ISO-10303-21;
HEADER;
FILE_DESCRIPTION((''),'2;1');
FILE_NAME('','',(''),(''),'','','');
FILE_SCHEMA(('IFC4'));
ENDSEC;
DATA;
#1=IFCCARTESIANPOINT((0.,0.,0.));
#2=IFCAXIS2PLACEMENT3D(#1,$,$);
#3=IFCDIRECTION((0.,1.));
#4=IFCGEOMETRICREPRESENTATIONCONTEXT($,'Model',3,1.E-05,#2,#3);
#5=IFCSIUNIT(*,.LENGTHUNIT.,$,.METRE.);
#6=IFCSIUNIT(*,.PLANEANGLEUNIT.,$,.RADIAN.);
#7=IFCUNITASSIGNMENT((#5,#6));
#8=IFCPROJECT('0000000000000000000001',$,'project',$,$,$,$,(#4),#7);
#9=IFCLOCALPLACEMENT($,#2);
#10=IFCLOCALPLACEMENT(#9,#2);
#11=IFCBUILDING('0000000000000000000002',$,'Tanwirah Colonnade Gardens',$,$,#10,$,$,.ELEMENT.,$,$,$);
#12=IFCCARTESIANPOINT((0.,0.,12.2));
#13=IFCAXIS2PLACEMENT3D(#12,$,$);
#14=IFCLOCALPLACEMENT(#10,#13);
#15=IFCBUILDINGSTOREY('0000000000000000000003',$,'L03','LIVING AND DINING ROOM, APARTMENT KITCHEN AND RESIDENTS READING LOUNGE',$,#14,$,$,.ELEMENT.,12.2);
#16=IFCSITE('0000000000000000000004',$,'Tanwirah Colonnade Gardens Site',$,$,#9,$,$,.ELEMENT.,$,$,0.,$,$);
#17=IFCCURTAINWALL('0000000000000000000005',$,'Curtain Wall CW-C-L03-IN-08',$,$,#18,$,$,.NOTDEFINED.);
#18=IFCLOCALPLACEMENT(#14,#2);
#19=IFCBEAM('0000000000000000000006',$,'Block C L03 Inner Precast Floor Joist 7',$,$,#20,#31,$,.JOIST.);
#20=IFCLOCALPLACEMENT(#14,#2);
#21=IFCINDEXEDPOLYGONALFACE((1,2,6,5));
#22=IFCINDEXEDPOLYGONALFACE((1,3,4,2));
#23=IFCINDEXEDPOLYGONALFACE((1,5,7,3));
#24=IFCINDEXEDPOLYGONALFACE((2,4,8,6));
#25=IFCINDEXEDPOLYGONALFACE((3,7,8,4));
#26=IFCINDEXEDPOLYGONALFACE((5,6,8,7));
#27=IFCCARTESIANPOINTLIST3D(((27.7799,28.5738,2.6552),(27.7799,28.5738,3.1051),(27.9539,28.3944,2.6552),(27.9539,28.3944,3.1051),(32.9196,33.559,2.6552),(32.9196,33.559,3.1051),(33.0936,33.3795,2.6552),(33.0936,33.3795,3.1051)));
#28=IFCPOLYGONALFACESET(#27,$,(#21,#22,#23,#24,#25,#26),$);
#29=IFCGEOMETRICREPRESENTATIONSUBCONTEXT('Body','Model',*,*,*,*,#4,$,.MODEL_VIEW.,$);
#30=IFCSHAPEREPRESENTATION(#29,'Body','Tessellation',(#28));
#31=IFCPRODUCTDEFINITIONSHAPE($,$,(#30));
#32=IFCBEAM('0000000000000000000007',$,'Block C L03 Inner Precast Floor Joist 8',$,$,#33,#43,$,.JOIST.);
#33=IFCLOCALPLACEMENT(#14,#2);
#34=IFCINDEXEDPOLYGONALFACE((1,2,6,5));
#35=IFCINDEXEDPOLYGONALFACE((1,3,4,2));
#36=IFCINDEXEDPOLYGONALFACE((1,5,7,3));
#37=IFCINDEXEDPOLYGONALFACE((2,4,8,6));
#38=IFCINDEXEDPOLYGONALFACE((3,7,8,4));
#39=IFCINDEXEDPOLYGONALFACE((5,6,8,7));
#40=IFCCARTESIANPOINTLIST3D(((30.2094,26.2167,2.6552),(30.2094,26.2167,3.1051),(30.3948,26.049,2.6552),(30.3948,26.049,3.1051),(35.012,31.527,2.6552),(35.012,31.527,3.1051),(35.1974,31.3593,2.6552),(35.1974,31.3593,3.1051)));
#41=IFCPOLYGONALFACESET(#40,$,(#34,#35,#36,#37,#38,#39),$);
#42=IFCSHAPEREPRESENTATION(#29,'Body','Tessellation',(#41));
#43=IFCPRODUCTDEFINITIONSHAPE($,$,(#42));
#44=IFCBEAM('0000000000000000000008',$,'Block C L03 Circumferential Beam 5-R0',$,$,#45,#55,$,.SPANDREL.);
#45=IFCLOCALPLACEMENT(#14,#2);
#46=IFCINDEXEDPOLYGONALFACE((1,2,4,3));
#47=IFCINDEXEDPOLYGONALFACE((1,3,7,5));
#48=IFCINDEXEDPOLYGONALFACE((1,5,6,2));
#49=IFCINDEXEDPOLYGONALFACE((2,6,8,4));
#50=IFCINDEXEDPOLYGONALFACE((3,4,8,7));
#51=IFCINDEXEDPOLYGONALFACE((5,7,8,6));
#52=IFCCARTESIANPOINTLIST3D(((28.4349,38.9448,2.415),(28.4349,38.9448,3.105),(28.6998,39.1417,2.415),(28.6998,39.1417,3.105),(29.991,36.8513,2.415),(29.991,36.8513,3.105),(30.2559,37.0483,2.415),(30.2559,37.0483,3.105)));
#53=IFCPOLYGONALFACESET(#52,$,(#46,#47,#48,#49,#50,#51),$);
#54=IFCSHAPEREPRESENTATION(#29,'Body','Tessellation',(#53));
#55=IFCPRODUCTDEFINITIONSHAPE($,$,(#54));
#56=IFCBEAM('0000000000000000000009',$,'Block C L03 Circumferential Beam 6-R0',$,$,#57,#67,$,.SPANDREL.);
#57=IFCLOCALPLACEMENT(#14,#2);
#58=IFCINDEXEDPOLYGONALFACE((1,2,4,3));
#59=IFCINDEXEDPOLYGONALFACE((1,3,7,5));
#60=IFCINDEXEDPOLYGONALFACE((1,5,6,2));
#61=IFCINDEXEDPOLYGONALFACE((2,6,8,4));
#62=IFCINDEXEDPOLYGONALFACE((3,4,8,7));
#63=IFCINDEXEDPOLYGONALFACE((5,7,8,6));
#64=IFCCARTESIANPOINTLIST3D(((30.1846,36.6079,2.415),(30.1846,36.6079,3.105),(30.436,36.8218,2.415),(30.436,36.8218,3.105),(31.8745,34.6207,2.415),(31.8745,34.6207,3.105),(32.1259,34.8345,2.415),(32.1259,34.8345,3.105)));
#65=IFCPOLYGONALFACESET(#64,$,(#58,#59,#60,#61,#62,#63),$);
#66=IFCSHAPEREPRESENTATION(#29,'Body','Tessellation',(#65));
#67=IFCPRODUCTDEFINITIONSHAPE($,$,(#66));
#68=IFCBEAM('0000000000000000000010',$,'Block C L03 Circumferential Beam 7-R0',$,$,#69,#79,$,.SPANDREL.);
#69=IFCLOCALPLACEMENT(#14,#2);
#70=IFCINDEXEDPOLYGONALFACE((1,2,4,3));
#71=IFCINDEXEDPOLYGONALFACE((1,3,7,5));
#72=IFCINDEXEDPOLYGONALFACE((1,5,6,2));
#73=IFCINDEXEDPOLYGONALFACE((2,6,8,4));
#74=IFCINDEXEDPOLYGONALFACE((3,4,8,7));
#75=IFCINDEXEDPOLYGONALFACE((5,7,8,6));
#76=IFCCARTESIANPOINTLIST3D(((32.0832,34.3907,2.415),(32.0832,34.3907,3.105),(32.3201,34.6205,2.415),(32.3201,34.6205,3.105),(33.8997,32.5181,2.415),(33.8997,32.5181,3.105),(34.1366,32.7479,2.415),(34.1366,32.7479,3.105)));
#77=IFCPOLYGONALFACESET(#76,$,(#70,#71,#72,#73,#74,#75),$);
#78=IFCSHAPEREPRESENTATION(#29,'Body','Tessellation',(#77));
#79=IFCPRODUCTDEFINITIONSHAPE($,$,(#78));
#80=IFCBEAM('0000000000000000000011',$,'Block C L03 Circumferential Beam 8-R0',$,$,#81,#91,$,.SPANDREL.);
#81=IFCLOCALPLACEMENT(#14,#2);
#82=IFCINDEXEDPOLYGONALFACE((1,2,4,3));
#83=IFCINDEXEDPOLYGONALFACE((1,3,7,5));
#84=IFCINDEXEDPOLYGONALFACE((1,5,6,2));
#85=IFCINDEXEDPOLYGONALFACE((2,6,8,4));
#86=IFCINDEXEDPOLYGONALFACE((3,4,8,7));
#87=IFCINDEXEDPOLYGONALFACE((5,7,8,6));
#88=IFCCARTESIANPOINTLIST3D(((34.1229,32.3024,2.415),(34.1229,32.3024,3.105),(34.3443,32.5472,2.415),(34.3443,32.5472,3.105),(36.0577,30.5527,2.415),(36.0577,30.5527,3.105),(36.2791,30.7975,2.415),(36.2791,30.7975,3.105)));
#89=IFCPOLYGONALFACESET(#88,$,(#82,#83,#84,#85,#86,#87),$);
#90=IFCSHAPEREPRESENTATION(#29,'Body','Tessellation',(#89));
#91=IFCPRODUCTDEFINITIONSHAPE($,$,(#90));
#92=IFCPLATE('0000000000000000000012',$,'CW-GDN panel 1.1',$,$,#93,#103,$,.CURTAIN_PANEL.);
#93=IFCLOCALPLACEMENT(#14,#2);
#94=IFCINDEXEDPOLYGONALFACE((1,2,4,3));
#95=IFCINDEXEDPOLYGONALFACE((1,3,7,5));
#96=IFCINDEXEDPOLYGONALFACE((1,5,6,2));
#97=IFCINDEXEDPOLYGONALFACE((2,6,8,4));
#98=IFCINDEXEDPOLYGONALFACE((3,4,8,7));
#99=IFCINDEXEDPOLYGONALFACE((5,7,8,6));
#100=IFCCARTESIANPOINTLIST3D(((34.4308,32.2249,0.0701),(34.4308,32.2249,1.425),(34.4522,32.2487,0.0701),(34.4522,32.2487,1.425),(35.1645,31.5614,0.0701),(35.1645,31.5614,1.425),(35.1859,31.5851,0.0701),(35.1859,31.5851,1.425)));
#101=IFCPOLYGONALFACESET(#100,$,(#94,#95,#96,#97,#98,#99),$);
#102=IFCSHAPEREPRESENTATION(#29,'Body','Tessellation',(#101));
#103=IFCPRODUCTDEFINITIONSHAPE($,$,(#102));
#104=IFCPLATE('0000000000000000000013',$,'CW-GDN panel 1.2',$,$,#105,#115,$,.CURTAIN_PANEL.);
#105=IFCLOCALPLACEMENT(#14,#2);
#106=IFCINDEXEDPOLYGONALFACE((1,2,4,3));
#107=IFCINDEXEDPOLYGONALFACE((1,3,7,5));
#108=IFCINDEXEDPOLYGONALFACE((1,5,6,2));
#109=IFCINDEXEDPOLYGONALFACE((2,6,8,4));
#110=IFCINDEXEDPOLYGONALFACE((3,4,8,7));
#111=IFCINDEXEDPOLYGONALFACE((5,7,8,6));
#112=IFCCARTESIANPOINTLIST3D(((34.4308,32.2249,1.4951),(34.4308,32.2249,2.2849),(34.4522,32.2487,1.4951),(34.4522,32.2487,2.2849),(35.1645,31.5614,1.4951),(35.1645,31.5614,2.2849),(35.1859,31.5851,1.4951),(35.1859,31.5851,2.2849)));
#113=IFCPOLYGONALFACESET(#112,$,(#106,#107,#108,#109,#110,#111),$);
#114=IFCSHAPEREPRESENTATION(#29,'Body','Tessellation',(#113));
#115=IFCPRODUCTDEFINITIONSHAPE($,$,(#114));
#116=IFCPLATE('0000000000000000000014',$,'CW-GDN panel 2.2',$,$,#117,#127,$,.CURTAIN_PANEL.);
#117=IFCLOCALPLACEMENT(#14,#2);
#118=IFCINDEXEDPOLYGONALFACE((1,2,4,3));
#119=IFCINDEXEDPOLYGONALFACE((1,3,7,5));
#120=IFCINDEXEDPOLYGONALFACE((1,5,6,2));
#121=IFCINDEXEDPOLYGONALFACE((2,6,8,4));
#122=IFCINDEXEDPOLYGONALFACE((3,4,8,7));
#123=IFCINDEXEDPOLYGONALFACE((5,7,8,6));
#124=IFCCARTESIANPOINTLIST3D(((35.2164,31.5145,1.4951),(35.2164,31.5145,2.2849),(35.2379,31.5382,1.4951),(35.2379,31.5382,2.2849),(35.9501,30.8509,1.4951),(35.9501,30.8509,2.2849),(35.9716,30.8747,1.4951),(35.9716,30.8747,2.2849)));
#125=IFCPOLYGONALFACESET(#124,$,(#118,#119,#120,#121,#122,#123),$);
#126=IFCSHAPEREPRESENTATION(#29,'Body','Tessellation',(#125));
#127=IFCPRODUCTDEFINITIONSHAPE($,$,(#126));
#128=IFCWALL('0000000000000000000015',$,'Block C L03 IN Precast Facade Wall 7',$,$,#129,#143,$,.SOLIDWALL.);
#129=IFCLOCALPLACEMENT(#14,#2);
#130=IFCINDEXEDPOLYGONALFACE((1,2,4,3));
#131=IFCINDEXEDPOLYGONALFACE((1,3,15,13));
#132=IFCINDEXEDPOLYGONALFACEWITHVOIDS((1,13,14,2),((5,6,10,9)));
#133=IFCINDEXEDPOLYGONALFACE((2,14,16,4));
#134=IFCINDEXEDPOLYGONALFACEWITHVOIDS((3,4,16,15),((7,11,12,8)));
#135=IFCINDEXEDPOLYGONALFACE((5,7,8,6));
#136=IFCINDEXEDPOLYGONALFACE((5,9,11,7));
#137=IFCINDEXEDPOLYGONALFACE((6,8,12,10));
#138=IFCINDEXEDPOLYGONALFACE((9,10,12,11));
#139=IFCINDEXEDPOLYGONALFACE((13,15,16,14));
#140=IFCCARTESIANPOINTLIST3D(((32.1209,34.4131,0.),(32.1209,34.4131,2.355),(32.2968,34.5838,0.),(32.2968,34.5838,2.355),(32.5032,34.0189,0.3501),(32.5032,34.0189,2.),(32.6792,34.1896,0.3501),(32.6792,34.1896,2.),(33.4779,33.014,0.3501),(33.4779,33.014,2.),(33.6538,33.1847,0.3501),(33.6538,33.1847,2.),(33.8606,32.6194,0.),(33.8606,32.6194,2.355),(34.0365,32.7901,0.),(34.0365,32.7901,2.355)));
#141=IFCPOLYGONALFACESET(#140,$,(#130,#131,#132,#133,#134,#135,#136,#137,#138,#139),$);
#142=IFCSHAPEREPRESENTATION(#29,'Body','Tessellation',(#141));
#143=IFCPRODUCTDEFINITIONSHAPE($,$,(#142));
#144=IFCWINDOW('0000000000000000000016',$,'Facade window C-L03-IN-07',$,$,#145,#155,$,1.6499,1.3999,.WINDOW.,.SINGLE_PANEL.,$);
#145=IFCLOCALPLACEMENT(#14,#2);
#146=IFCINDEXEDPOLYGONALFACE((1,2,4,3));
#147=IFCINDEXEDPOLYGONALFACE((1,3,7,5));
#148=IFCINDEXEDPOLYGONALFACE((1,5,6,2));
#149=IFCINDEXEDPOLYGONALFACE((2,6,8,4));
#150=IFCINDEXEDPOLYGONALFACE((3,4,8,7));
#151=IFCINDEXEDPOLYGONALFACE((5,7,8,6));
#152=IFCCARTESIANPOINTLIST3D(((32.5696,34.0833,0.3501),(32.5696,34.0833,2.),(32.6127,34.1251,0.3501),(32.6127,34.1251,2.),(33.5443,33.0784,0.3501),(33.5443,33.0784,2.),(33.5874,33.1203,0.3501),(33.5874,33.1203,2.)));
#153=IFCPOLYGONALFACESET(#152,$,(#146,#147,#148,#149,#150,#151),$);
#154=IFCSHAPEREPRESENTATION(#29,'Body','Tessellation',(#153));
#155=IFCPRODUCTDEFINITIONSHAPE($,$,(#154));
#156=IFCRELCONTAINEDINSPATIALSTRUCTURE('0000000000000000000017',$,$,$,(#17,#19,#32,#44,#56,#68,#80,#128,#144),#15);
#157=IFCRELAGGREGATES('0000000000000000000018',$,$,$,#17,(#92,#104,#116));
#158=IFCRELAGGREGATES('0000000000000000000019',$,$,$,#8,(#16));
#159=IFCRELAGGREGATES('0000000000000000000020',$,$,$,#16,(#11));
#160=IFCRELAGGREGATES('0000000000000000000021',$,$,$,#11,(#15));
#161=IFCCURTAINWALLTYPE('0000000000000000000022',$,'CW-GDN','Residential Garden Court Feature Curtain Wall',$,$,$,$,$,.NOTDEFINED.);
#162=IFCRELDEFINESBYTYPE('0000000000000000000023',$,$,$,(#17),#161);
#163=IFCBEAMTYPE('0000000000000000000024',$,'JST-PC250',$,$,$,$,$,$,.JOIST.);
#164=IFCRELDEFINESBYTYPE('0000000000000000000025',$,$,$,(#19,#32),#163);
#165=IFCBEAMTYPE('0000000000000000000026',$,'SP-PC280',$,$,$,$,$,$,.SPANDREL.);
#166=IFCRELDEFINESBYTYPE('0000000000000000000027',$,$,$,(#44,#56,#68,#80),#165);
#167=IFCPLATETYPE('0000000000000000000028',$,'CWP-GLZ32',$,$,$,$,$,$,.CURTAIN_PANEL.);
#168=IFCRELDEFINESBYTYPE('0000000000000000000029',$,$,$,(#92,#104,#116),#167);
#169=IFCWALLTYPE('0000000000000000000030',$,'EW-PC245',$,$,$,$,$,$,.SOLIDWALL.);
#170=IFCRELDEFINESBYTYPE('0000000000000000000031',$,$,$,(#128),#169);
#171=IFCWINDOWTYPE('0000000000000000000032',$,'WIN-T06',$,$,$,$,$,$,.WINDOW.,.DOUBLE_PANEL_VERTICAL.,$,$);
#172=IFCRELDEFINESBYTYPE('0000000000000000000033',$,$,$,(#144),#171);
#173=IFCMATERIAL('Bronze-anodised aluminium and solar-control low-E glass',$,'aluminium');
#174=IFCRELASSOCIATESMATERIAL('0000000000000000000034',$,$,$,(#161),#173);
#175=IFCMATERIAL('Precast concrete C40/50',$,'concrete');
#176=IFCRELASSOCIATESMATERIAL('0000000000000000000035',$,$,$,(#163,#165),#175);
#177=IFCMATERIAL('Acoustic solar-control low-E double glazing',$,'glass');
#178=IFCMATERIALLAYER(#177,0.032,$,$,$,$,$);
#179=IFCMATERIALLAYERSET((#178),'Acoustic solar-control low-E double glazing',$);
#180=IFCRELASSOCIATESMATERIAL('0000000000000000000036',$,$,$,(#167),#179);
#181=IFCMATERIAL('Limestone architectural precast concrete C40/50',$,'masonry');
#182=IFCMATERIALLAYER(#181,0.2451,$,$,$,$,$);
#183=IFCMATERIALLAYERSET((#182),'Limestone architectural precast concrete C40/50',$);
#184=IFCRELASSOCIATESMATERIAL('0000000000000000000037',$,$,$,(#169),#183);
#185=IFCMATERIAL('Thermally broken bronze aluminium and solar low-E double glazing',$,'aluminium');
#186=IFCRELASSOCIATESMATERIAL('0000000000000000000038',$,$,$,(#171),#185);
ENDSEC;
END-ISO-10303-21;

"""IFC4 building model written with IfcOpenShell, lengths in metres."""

from ifc_helpers import new_model, si_unit, direction, frame, frame_2d, origin, origin_2d, place, context, subcontext, project, spatial, rectangle, extrude, material, layer, layer_set, material_profile, profile_set, type_object, element, fill, aggregate, save


model = new_model("IFC4")

# Units and contexts
model_context = context("Model", 3, precision=1e-05, world=origin(), true_north=direction((0.0, 1.0)))
body_context = subcontext(model_context, "Body", "Model", "MODEL_VIEW")
ifc_project = project(units=[si_unit("LENGTHUNIT", "METRE"), si_unit("PLANEANGLEUNIT", "RADIAN")], contexts=[model_context])

# Site, building, storey
site_placement = place(None, origin())
site = spatial("IfcSite", under=ifc_project, at=site_placement, Name="Tanwirah Colonnade Gardens Site", CompositionType="ELEMENT", RefElevation=0.0)
building_placement = place(site_placement, origin())
building = spatial("IfcBuilding", under=site, at=building_placement, Name="Tanwirah Colonnade Gardens", CompositionType="ELEMENT")
storey_placement = place(building_placement, frame((0.0, 0.0, 12.2)))
storey = spatial("IfcBuildingStorey", under=building, at=storey_placement, Name="L03", Description="LIVING AND DINING ROOM, APARTMENT KITCHEN AND RESIDENTS READING LOUNGE", CompositionType="ELEMENT", Elevation=12.2)

# Shared definitions
ifc_material_1 = material(Name="Precast concrete C40/50", Category="concrete")

# Curtain wall
ifc_material_2 = material(Name="Bronze-anodised aluminium and solar-control low-E glass", Category="aluminium")
curtain_wall_type = type_object("IfcCurtainWallType", Name="CW-GDN", Description="Residential Garden Court Feature Curtain Wall", PredefinedType="NOTDEFINED", material=ifc_material_2)
curtain_wall_placement = place(storey_placement, origin())
curtain_wall = element("IfcCurtainWall", 1, at=curtain_wall_placement, inside=storey, type_object=curtain_wall_type, Name="Curtain Wall CW-C-L03-IN-08", PredefinedType="NOTDEFINED")

# Beams
ifc_material_profile_1 = material_profile(ifc_material_1, rectangle(XDim=0.25, YDim=0.45, at=origin_2d()), Name="PC-JST 250x450")
ifc_profile_set_1 = profile_set([ifc_material_profile_1], Name="Precast concrete C40/50")
beam_type_1 = type_object("IfcBeamType", Name="JST-PC250", PredefinedType="JOIST", material=ifc_profile_set_1)
beam_1_placement = place(storey_placement, frame((33.0066, 33.4692, 2.8801), z_axis=(-0.717816, -0.696233, 0.0), x_axis=(0.696233, -0.717816, 0.0)))
element("IfcBeam", 2, at=beam_1_placement, inside=storey, type_object=beam_type_1, Name="Block C L03 Inner Precast Floor Joist 7", PredefinedType="JOIST", context=body_context, shape_type="SweptSolid", body=[
    extrude(rectangle(XDim=0.25, YDim=0.45, at=origin_2d()), origin(), (0.0, 0.0, 1.0), 7.1602),
])
beam_2_placement = place(storey_placement, frame((35.1047, 31.4431, 2.8801), z_axis=(-0.670773, -0.741663, 0.0), x_axis=(0.741663, -0.670773, 0.0)))
element("IfcBeam", 3, at=beam_2_placement, inside=storey, type_object=beam_type_1, Name="Block C L03 Inner Precast Floor Joist 8", PredefinedType="JOIST", context=body_context, shape_type="SweptSolid", body=[
    extrude(rectangle(XDim=0.25, YDim=0.45, at=origin_2d()), origin(), (0.0, 0.0, 1.0), 7.1599),
])
ifc_material_profile_2 = material_profile(ifc_material_1, rectangle(XDim=0.3301, YDim=0.6899, at=origin_2d()), Name="PC-SP 330x690")
ifc_profile_set_2 = profile_set([ifc_material_profile_2], Name="Precast concrete C40/50")
beam_type_2 = type_object("IfcBeamType", Name="SP-PC280", PredefinedType="SPANDREL", material=ifc_profile_set_2)
beam_3_placement = place(storey_placement, frame((28.5674, 39.0432, 2.76), z_axis=(0.596565, -0.802565, 0.0), x_axis=(0.802565, 0.596565, 0.0)))
element("IfcBeam", 4, at=beam_3_placement, inside=storey, type_object=beam_type_2, Name="Block C L03 Circumferential Beam 5-R0", PredefinedType="SPANDREL", context=body_context, shape_type="SweptSolid", body=[
    extrude(rectangle(XDim=0.3301, YDim=0.6899, at=origin_2d()), origin(), (0.0, 0.0, 1.0), 2.6084),
])
beam_4_placement = place(storey_placement, frame((30.3103, 36.7148, 2.76), z_axis=(0.647811, -0.761801, 0.0), x_axis=(0.761801, 0.647811, 0.0)))
element("IfcBeam", 5, at=beam_4_placement, inside=storey, type_object=beam_type_2, Name="Block C L03 Circumferential Beam 6-R0", PredefinedType="SPANDREL", context=body_context, shape_type="SweptSolid", body=[
    extrude(rectangle(XDim=0.3301, YDim=0.6899, at=origin_2d()), origin(), (0.0, 0.0, 1.0), 2.6086),
])
beam_5_placement = place(storey_placement, frame((32.2017, 34.5056, 2.76), z_axis=(0.696263, -0.717787, 0.0), x_axis=(0.717787, 0.696263, 0.0)))
element("IfcBeam", 6, at=beam_5_placement, inside=storey, type_object=beam_type_2, Name="Block C L03 Circumferential Beam 7-R0", PredefinedType="SPANDREL", context=body_context, shape_type="SweptSolid", body=[
    extrude(rectangle(XDim=0.3301, YDim=0.6899, at=origin_2d()), origin(), (0.0, 0.0, 1.0), 2.6089),
])
beam_6_placement = place(storey_placement, frame((34.2336, 32.4248, 2.76), z_axis=(0.741687, -0.670747, 0.0), x_axis=(0.670747, 0.741687, 0.0)))
element("IfcBeam", 7, at=beam_6_placement, inside=storey, type_object=beam_type_2, Name="Block C L03 Circumferential Beam 8-R0", PredefinedType="SPANDREL", context=body_context, shape_type="SweptSolid", body=[
    extrude(rectangle(XDim=0.3301, YDim=0.6899, at=origin_2d()), origin(), (0.0, 0.0, 1.0), 2.6086),
])

# Plates
ifc_material_3 = material(Name="Acoustic solar-control low-E double glazing", Category="glass")
ifc_layer_1 = layer(ifc_material_3, 0.032)
ifc_layer_set_1 = layer_set([ifc_layer_1], Name="Acoustic solar-control low-E double glazing")
plate_type = type_object("IfcPlateType", Name="CWP-GLZ32", PredefinedType="CURTAIN_PANEL", material=ifc_layer_set_1)
plate_1_placement = place(storey_placement, frame((34.8083, 31.905, 0.0701), z_axis=(0.0, 0.0, 1.0), x_axis=(0.741683, -0.670751, 0.0)))
plate_1 = element("IfcPlate", 8, at=plate_1_placement, type_object=plate_type, Name="CW-GDN panel 1.1", PredefinedType="CURTAIN_PANEL", context=body_context, shape_type="SweptSolid", body=[
    extrude(rectangle(XDim=0.9893, YDim=0.032, at=origin_2d()), origin(), (0.0, 0.0, 1.0), 1.355),
])
plate_2_placement = place(storey_placement, frame((34.8083, 31.905, 1.4951), z_axis=(0.0, 0.0, 1.0), x_axis=(0.741683, -0.670751, 0.0)))
plate_2 = element("IfcPlate", 9, at=plate_2_placement, type_object=plate_type, Name="CW-GDN panel 1.2", PredefinedType="CURTAIN_PANEL", context=body_context, shape_type="SweptSolid", body=[
    extrude(rectangle(XDim=0.9893, YDim=0.032, at=origin_2d()), origin(), (0.0, 0.0, 1.0), 0.7898),
])
plate_3_placement = place(storey_placement, frame((35.594, 31.1946, 1.4951), z_axis=(0.0, 0.0, 1.0), x_axis=(0.741683, -0.670751, 0.0)))
plate_3 = element("IfcPlate", 10, at=plate_3_placement, type_object=plate_type, Name="CW-GDN panel 2.2", PredefinedType="CURTAIN_PANEL", context=body_context, shape_type="SweptSolid", body=[
    extrude(rectangle(XDim=0.9893, YDim=0.032, at=origin_2d()), origin(), (0.0, 0.0, 1.0), 0.7898),
])
aggregate(curtain_wall, [plate_1, plate_2, plate_3])

# Wall, opening, window
ifc_material_4 = material(Name="Limestone architectural precast concrete C40/50", Category="masonry")
ifc_layer_2 = layer(ifc_material_4, 0.2451)
ifc_layer_set_2 = layer_set([ifc_layer_2], Name="Limestone architectural precast concrete C40/50")
wall_type_1 = type_object("IfcWallType", Name="EW-PC245", PredefinedType="SOLIDWALL", material=ifc_layer_set_2)
wall_1_placement = place(storey_placement, frame((32.2087, 34.4985, 0.0), z_axis=(0.0, 0.0, 1.0), x_axis=(0.696228, -0.71782, 0.0)))
wall_1 = element("IfcWall", 11, at=wall_1_placement, inside=storey, type_object=wall_type_1, Name="Block C L03 IN Precast Facade Wall 7", PredefinedType="SOLIDWALL", context=body_context, shape_type="SweptSolid", body=[
    extrude(rectangle(XDim=2.4988, YDim=0.2451, at=frame_2d((1.2495, 0.0))), origin(), (0.0, 0.0, 1.0), 2.355),
])
opening_1_placement = place(wall_1_placement, frame((0.5493, 0.0, 0.3501)))
opening_1 = element("IfcOpeningElement", 12, at=opening_1_placement, cuts=wall_1, PredefinedType="OPENING", context=body_context, shape_type="SweptSolid", body=[
    extrude(rectangle(XDim=1.3999, YDim=1.6499, at=frame_2d((0.7, 0.825))), frame((0.0, 0.1326, 0.0), z_axis=(0.0, -1.0, 0.0), x_axis=(1.0, 0.0, 0.0)), (0.0, 0.0, 1.0), 0.2651),
])
ifc_material_5 = material(Name="Thermally broken bronze aluminium and solar low-E double glazing", Category="aluminium")
window_type = type_object("IfcWindowType", Name="WIN-T06", PartitioningType="DOUBLE_PANEL_VERTICAL", PredefinedType="WINDOW", material=ifc_material_5)
window_placement = place(opening_1_placement, origin())
window = element("IfcWindow", 13, at=window_placement, inside=storey, type_object=window_type, Name="Facade window C-L03-IN-07", OverallHeight=1.6499, OverallWidth=1.3999, PartitioningType="SINGLE_PANEL", PredefinedType="WINDOW", context=body_context, shape_type="SweptSolid", body=[
    extrude(rectangle(XDim=1.3999, YDim=1.6499, at=frame_2d((0.7, 0.825))), frame((0.0, 0.03, 0.0), z_axis=(0.0, -1.0, 0.0), x_axis=(1.0, 0.0, 0.0)), (0.0, 0.0, 1.0), 0.0601),
])
fill(opening_1, window)

save(model, "model.ifc")
